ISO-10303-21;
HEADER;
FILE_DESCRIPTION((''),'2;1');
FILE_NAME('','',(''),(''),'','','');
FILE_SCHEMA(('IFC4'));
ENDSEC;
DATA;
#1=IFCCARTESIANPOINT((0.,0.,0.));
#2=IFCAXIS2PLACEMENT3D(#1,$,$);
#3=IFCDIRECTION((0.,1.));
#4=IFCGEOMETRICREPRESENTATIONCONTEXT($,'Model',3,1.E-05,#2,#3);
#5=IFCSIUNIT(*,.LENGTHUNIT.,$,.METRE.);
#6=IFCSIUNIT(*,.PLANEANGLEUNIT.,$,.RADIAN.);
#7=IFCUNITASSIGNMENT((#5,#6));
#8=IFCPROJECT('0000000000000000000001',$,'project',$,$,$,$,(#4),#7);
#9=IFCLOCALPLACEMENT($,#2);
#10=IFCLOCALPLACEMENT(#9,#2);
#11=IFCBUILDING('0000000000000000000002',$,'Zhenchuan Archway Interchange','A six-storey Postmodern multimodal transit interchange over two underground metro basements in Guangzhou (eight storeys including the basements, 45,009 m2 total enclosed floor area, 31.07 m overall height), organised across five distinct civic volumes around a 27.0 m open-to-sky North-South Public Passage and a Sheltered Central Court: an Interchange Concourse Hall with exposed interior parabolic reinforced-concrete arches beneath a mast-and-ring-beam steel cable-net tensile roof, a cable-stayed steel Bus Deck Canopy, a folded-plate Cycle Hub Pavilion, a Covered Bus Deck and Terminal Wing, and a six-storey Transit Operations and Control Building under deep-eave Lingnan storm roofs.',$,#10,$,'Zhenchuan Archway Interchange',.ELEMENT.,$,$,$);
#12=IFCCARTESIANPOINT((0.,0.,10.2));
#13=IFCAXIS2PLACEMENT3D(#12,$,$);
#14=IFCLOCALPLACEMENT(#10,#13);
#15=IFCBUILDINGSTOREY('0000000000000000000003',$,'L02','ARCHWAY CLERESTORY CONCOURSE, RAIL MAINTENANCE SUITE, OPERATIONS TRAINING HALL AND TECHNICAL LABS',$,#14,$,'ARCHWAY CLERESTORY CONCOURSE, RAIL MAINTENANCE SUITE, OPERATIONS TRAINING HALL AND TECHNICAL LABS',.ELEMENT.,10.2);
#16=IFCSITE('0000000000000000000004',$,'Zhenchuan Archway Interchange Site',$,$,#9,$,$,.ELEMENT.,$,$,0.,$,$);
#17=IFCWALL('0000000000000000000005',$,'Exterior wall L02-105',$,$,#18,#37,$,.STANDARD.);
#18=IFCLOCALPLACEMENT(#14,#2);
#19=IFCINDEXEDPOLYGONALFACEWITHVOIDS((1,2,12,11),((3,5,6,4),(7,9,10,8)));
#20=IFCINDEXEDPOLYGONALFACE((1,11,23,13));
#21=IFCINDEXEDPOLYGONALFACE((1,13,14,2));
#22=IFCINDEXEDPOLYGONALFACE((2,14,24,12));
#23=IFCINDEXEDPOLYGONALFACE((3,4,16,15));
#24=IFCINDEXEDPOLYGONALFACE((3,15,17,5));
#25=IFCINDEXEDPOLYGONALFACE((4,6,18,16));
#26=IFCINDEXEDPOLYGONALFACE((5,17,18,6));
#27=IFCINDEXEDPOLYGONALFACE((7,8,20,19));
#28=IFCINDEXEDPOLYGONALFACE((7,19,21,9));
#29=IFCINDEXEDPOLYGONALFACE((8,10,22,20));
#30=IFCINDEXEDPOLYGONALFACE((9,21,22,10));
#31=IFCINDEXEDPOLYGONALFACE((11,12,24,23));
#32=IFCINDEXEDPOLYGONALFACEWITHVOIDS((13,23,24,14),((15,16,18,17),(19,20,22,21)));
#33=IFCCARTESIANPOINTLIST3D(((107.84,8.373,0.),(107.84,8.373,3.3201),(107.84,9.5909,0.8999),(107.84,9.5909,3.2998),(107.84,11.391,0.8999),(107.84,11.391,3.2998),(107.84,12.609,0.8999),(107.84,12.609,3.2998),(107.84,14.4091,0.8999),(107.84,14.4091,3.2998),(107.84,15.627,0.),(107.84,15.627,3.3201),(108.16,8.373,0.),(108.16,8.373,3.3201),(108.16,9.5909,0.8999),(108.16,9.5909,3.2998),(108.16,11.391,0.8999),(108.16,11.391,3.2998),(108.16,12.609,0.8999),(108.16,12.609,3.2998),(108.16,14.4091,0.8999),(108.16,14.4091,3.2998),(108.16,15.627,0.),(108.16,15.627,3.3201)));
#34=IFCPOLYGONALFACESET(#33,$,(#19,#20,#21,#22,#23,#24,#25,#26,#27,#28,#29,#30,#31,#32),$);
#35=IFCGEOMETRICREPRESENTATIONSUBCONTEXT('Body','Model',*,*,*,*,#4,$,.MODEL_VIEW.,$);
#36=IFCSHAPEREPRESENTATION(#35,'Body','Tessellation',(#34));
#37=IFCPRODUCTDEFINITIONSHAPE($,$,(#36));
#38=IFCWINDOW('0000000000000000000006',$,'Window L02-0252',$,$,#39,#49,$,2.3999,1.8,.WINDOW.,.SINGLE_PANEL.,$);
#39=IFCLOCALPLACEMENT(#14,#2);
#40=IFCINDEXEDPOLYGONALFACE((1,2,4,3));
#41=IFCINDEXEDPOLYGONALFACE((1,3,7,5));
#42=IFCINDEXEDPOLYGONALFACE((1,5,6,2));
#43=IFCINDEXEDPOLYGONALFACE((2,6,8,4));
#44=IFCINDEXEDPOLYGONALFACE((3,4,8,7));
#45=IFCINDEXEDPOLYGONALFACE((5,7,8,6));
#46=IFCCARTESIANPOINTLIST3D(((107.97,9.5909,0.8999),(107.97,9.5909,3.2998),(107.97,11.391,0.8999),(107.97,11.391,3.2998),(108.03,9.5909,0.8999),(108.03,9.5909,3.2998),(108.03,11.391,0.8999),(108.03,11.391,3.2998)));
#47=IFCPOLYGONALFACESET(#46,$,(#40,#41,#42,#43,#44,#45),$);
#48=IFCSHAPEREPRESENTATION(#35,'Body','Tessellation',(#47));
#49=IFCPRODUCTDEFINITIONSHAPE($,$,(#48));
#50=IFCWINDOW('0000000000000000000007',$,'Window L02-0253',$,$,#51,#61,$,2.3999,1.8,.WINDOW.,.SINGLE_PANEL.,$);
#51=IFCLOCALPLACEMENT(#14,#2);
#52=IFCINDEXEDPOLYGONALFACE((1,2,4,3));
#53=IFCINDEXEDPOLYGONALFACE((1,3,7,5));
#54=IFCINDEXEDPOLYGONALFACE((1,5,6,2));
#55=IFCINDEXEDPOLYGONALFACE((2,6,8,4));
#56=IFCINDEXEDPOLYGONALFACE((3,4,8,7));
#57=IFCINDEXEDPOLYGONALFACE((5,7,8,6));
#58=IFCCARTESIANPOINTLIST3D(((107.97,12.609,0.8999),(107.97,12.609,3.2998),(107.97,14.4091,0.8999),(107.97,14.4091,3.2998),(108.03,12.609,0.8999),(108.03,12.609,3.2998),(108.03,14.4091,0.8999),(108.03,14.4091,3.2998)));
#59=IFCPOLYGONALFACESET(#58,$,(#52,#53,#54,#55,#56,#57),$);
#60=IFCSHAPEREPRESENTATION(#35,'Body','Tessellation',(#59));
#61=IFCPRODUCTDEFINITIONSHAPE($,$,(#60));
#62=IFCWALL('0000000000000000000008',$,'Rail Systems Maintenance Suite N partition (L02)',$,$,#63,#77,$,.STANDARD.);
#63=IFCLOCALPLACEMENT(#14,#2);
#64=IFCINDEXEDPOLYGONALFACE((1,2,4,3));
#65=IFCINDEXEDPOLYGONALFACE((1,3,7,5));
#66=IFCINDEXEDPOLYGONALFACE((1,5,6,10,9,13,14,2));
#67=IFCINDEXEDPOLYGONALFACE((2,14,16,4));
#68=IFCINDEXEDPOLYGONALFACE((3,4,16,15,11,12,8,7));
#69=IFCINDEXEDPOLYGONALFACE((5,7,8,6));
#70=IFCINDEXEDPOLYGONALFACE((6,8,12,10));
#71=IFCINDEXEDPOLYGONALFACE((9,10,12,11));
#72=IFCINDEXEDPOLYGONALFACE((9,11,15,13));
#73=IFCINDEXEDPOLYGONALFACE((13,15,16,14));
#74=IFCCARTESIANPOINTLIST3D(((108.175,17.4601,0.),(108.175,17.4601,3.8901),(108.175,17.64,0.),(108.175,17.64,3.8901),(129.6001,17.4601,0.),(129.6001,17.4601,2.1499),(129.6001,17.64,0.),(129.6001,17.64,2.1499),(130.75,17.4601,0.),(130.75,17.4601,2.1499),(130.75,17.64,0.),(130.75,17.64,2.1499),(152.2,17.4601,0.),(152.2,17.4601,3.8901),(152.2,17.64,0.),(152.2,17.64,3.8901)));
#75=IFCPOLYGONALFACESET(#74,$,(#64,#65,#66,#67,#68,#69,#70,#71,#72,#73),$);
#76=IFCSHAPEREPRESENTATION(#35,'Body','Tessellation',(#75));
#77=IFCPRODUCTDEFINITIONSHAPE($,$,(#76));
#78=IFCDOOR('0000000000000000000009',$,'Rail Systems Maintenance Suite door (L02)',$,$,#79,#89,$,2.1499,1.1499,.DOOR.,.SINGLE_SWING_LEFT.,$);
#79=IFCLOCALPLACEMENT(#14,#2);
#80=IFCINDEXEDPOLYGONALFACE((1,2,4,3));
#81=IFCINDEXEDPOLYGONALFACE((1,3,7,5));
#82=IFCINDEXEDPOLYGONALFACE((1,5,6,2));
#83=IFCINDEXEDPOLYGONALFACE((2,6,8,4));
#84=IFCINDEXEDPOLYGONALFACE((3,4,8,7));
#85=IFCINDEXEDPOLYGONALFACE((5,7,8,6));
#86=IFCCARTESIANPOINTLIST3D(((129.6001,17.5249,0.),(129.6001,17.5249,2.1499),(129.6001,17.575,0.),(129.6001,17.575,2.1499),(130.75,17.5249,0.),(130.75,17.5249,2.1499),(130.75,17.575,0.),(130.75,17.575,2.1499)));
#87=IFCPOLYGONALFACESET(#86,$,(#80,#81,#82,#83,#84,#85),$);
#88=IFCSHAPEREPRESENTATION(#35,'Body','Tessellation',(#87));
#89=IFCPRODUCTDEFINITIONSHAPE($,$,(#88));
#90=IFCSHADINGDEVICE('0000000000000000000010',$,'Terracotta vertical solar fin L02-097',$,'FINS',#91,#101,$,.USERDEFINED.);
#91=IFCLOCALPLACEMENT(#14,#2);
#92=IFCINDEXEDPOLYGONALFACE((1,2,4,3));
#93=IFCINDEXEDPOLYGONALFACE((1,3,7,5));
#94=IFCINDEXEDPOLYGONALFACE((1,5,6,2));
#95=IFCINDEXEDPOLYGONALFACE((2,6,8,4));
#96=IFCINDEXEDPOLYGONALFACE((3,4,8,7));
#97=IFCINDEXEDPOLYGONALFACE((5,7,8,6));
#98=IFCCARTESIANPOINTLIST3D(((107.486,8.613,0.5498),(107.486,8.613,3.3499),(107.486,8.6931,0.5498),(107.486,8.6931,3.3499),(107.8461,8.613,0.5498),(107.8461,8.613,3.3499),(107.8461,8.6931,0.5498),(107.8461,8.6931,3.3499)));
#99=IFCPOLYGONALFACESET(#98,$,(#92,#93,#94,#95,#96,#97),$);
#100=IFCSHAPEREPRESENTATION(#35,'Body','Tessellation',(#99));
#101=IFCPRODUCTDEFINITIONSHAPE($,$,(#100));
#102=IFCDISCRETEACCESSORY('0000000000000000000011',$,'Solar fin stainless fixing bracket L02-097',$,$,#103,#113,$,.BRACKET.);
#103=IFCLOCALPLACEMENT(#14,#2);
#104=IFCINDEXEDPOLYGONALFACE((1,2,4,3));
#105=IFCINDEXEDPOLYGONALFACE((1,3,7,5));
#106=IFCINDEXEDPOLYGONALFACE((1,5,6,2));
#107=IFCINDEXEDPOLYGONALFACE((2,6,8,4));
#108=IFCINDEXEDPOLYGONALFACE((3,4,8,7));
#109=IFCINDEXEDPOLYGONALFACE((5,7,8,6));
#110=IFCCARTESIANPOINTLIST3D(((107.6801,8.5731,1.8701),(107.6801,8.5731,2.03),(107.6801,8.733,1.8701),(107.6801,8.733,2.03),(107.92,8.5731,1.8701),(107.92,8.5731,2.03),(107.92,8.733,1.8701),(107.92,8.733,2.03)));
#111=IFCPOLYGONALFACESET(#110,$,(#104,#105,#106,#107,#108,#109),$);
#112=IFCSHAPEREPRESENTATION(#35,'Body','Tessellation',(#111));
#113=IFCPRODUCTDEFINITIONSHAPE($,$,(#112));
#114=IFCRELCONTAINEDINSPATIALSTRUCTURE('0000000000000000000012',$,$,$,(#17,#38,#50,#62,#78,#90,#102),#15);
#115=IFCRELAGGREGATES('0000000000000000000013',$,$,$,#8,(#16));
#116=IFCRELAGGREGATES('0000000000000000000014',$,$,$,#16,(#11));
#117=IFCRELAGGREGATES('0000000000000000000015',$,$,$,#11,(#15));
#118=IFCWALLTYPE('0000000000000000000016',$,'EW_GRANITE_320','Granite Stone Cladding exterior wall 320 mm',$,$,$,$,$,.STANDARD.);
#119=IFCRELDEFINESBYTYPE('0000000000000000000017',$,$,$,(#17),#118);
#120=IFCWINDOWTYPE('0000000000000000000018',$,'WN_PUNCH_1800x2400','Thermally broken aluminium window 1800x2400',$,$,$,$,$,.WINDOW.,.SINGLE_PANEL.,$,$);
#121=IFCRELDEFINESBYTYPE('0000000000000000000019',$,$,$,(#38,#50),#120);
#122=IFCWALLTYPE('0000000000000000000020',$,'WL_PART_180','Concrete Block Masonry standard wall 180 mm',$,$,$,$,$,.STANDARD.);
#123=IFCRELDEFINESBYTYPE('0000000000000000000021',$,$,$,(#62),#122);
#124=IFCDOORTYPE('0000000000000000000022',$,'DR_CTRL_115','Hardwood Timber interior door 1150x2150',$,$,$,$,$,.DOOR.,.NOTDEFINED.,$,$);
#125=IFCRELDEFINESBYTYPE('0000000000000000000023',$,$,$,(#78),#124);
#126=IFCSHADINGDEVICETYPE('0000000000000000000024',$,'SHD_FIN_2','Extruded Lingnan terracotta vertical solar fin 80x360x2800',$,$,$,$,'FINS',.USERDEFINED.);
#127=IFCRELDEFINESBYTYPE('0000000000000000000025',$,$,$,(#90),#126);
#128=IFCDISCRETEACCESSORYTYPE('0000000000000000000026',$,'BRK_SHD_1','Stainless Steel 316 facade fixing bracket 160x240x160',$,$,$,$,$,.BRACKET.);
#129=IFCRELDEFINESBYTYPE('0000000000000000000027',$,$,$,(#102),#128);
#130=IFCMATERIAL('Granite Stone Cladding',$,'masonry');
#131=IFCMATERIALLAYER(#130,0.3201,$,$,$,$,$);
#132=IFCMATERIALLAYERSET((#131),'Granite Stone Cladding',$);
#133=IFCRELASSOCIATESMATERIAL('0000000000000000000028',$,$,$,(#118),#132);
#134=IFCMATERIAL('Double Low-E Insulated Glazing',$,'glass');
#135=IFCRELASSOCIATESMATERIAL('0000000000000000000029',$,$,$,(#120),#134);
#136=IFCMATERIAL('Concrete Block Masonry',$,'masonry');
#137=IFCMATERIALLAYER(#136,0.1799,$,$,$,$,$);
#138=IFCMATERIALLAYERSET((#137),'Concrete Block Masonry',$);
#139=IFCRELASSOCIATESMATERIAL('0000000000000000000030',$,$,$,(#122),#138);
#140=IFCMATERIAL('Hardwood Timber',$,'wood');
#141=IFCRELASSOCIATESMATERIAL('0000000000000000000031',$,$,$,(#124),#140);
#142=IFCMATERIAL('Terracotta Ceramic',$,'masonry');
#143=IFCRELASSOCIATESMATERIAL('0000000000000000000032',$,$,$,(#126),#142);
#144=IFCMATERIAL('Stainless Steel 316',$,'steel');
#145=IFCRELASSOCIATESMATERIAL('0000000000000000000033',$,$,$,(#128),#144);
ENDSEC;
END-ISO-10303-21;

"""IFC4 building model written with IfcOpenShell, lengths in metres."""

from ifc_helpers import new_model, si_unit, direction, frame, frame_2d, origin, origin_2d, place, context, subcontext, project, spatial, rectangle, extrude, material, layer, layer_set, type_object, element, fill, save


model = new_model("IFC4")

# Units and contexts
model_context = context("Model", 3, precision=1e-05, world=origin(), true_north=direction((0.0, 1.0)))
body_context = subcontext(model_context, "Body", "Model", "MODEL_VIEW")
ifc_project = project(units=[si_unit("LENGTHUNIT", "METRE"), si_unit("PLANEANGLEUNIT", "RADIAN")], contexts=[model_context])

# Site, building, storey
site_placement = place(None, origin())
site = spatial("IfcSite", under=ifc_project, at=site_placement, Name="Zhenchuan Archway Interchange Site", CompositionType="ELEMENT", RefElevation=0.0)
building_placement = place(site_placement, origin())
building = spatial("IfcBuilding", under=site, at=building_placement, Name="Zhenchuan Archway Interchange", Description="A six-storey Postmodern multimodal transit interchange over two underground metro basements in Guangzhou (eight storeys including the basements, 45,009 m2 total enclosed floor area, 31.07 m overall height), organised across five distinct civic volumes around a 27.0 m open-to-sky North-South Public Passage and a Sheltered Central Court: an Interchange Concourse Hall with exposed interior parabolic reinforced-concrete arches beneath a mast-and-ring-beam steel cable-net tensile roof, a cable-stayed steel Bus Deck Canopy, a folded-plate Cycle Hub Pavilion, a Covered Bus Deck and Terminal Wing, and a six-storey Transit Operations and Control Building under deep-eave Lingnan storm roofs.", LongName="Zhenchuan Archway Interchange", CompositionType="ELEMENT")
storey_placement = place(building_placement, frame((0.0, 0.0, 10.2)))
storey = spatial("IfcBuildingStorey", under=building, at=storey_placement, Name="L02", Description="ARCHWAY CLERESTORY CONCOURSE, RAIL MAINTENANCE SUITE, OPERATIONS TRAINING HALL AND TECHNICAL LABS", LongName="ARCHWAY CLERESTORY CONCOURSE, RAIL MAINTENANCE SUITE, OPERATIONS TRAINING HALL AND TECHNICAL LABS", CompositionType="ELEMENT", Elevation=10.2)

# Shared definitions
ifc_material_1 = material(Name="Double Low-E Insulated Glazing", Category="glass")

# Wall, openings, windows
ifc_material_2 = material(Name="Granite Stone Cladding", Category="masonry")
ifc_layer_1 = layer(ifc_material_2, 0.3201)
ifc_layer_set_1 = layer_set([ifc_layer_1], Name="Granite Stone Cladding")
wall_type_1 = type_object("IfcWallType", Name="EW_GRANITE_320", Description="Granite Stone Cladding exterior wall 320 mm", PredefinedType="STANDARD", material=ifc_layer_set_1)
wall_1_placement = place(storey_placement, frame((108.0, 8.373, 0.0), z_axis=(0.0, 0.0, 1.0), x_axis=(0.0, 1.0, 0.0)))
wall_1 = element("IfcWall", 1, at=wall_1_placement, inside=storey, type_object=wall_type_1, Name="Exterior wall L02-105", PredefinedType="STANDARD", context=body_context, shape_type="SweptSolid", body=[
    extrude(rectangle(XDim=7.2539, YDim=0.3201, at=frame_2d((3.627, 0.0))), origin(), (0.0, 0.0, 1.0), 3.3201),
])
opening_1_placement = place(wall_1_placement, frame((1.218, 0.0, 0.8999)))
opening_1 = element("IfcOpeningElement", 2, at=opening_1_placement, cuts=wall_1, PredefinedType="OPENING", context=body_context, shape_type="SweptSolid", body=[
    extrude(rectangle(XDim=1.8, YDim=2.3999, at=frame_2d((0.8999, 1.2))), frame((0.0, 0.1719, 0.0), z_axis=(0.0, -1.0, 0.0), x_axis=(1.0, 0.0, 0.0)), (0.0, 0.0, 1.0), 0.344),
])
opening_2_placement = place(wall_1_placement, frame((4.2361, 0.0, 0.8999)))
opening_2 = element("IfcOpeningElement", 3, at=opening_2_placement, cuts=wall_1, PredefinedType="OPENING", context=body_context, shape_type="SweptSolid", body=[
    extrude(rectangle(XDim=1.8, YDim=2.3999, at=frame_2d((0.8999, 1.2))), frame((0.0, 0.1719, 0.0), z_axis=(0.0, -1.0, 0.0), x_axis=(1.0, 0.0, 0.0)), (0.0, 0.0, 1.0), 0.344),
])
window_type = type_object("IfcWindowType", Name="WN_PUNCH_1800x2400", Description="Thermally broken aluminium window 1800x2400", PartitioningType="SINGLE_PANEL", PredefinedType="WINDOW", material=ifc_material_1)
window_1_placement = place(opening_1_placement, origin())
window_1 = element("IfcWindow", 4, at=window_1_placement, inside=storey, type_object=window_type, Name="Window L02-0252", OverallHeight=2.3999, OverallWidth=1.8, PartitioningType="SINGLE_PANEL", PredefinedType="WINDOW", context=body_context, shape_type="SweptSolid", body=[
    extrude(rectangle(XDim=1.8, YDim=2.3999, at=frame_2d((0.8999, 1.2))), frame((0.0, 0.03, 0.0), z_axis=(0.0, -1.0, 0.0), x_axis=(1.0, 0.0, 0.0)), (0.0, 0.0, 1.0), 0.0601),
])
fill(opening_1, window_1)
window_2_placement = place(opening_2_placement, origin())
window_2 = element("IfcWindow", 5, at=window_2_placement, inside=storey, type_object=window_type, Name="Window L02-0253", OverallHeight=2.3999, OverallWidth=1.8, PartitioningType="SINGLE_PANEL", PredefinedType="WINDOW", context=body_context, shape_type="SweptSolid", body=[
    extrude(rectangle(XDim=1.8, YDim=2.3999, at=frame_2d((0.8999, 1.2))), frame((0.0, 0.03, 0.0), z_axis=(0.0, -1.0, 0.0), x_axis=(1.0, 0.0, 0.0)), (0.0, 0.0, 1.0), 0.0601),
])
fill(opening_2, window_2)

# Wall, opening, door
ifc_material_3 = material(Name="Concrete Block Masonry", Category="masonry")
ifc_layer_2 = layer(ifc_material_3, 0.1799)
ifc_layer_set_2 = layer_set([ifc_layer_2], Name="Concrete Block Masonry")
wall_type_2 = type_object("IfcWallType", Name="WL_PART_180", Description="Concrete Block Masonry standard wall 180 mm", PredefinedType="STANDARD", material=ifc_layer_set_2)
wall_2_placement = place(storey_placement, frame((108.175, 17.55, 0.0), z_axis=(0.0, 0.0, 1.0), x_axis=(1.0, 0.0, 0.0)))
wall_2 = element("IfcWall", 6, at=wall_2_placement, inside=storey, type_object=wall_type_2, Name="Rail Systems Maintenance Suite N partition (L02)", PredefinedType="STANDARD", context=body_context, shape_type="SweptSolid", body=[
    extrude(rectangle(XDim=44.0249, YDim=0.1799, at=frame_2d((22.0125, 0.0))), origin(), (0.0, 0.0, 1.0), 3.8901),
])
opening_3_placement = place(wall_2_placement, frame((21.425, 0.0, 0.0)))
opening_3 = element("IfcOpeningElement", 7, at=opening_3_placement, cuts=wall_2, PredefinedType="OPENING", context=body_context, shape_type="SweptSolid", body=[
    extrude(rectangle(XDim=1.1499, YDim=2.1499, at=frame_2d((0.575, 1.075))), frame((0.0, 0.1021, 0.0), z_axis=(0.0, -1.0, 0.0), x_axis=(1.0, 0.0, 0.0)), (0.0, 0.0, 1.0), 0.2039),
])
ifc_material_4 = material(Name="Hardwood Timber", Category="wood")
door_type = type_object("IfcDoorType", Name="DR_CTRL_115", Description="Hardwood Timber interior door 1150x2150", OperationType="NOTDEFINED", PredefinedType="DOOR", material=ifc_material_4)
door_placement = place(opening_3_placement, origin())
door = element("IfcDoor", 8, at=door_placement, inside=storey, type_object=door_type, Name="Rail Systems Maintenance Suite door (L02)", OperationType="SINGLE_SWING_LEFT", OverallHeight=2.1499, OverallWidth=1.1499, PredefinedType="DOOR", context=body_context, shape_type="SweptSolid", body=[
    extrude(rectangle(XDim=1.1499, YDim=2.1499, at=frame_2d((0.575, 1.075))), frame((0.0, 0.0249, 0.0), z_axis=(0.0, -1.0, 0.0), x_axis=(1.0, 0.0, 0.0)), (0.0, 0.0, 1.0), 0.05),
])
fill(opening_3, door)

# Shading device
ifc_material_5 = material(Name="Terracotta Ceramic", Category="masonry")
shading_device_type = type_object("IfcShadingDeviceType", Name="SHD_FIN_2", Description="Extruded Lingnan terracotta vertical solar fin 80x360x2800", ElementType="FINS", PredefinedType="USERDEFINED", material=ifc_material_5)
shading_device_placement = place(storey_placement, frame((107.666, 8.6531, 0.5498), z_axis=(0.0, 0.0, 1.0), x_axis=(0.0, 1.0, 0.0)))
element("IfcShadingDevice", 9, at=shading_device_placement, inside=storey, type_object=shading_device_type, Name="Terracotta vertical solar fin L02-097", ObjectType="FINS", PredefinedType="USERDEFINED", context=body_context, shape_type="SweptSolid", body=[
    extrude(rectangle(XDim=0.0801, YDim=0.3601, at=origin_2d()), origin(), (0.0, 0.0, 1.0), 2.8),
])

# Discrete accessory
ifc_material_6 = material(Name="Stainless Steel 316", Category="steel")
discrete_accessory_type = type_object("IfcDiscreteAccessoryType", Name="BRK_SHD_1", Description="Stainless Steel 316 facade fixing bracket 160x240x160", PredefinedType="BRACKET", material=ifc_material_6)
discrete_accessory_placement = place(storey_placement, frame((107.8, 8.6531, 1.8701), z_axis=(0.0, 0.0, 1.0), x_axis=(0.0, 1.0, 0.0)))
element("IfcDiscreteAccessory", 10, at=discrete_accessory_placement, inside=storey, type_object=discrete_accessory_type, Name="Solar fin stainless fixing bracket L02-097", PredefinedType="BRACKET", context=body_context, shape_type="SweptSolid", body=[
    extrude(rectangle(XDim=0.1599, YDim=0.24, at=origin_2d()), origin(), (0.0, 0.0, 1.0), 0.1599),
])

save(model, "model.ifc")
